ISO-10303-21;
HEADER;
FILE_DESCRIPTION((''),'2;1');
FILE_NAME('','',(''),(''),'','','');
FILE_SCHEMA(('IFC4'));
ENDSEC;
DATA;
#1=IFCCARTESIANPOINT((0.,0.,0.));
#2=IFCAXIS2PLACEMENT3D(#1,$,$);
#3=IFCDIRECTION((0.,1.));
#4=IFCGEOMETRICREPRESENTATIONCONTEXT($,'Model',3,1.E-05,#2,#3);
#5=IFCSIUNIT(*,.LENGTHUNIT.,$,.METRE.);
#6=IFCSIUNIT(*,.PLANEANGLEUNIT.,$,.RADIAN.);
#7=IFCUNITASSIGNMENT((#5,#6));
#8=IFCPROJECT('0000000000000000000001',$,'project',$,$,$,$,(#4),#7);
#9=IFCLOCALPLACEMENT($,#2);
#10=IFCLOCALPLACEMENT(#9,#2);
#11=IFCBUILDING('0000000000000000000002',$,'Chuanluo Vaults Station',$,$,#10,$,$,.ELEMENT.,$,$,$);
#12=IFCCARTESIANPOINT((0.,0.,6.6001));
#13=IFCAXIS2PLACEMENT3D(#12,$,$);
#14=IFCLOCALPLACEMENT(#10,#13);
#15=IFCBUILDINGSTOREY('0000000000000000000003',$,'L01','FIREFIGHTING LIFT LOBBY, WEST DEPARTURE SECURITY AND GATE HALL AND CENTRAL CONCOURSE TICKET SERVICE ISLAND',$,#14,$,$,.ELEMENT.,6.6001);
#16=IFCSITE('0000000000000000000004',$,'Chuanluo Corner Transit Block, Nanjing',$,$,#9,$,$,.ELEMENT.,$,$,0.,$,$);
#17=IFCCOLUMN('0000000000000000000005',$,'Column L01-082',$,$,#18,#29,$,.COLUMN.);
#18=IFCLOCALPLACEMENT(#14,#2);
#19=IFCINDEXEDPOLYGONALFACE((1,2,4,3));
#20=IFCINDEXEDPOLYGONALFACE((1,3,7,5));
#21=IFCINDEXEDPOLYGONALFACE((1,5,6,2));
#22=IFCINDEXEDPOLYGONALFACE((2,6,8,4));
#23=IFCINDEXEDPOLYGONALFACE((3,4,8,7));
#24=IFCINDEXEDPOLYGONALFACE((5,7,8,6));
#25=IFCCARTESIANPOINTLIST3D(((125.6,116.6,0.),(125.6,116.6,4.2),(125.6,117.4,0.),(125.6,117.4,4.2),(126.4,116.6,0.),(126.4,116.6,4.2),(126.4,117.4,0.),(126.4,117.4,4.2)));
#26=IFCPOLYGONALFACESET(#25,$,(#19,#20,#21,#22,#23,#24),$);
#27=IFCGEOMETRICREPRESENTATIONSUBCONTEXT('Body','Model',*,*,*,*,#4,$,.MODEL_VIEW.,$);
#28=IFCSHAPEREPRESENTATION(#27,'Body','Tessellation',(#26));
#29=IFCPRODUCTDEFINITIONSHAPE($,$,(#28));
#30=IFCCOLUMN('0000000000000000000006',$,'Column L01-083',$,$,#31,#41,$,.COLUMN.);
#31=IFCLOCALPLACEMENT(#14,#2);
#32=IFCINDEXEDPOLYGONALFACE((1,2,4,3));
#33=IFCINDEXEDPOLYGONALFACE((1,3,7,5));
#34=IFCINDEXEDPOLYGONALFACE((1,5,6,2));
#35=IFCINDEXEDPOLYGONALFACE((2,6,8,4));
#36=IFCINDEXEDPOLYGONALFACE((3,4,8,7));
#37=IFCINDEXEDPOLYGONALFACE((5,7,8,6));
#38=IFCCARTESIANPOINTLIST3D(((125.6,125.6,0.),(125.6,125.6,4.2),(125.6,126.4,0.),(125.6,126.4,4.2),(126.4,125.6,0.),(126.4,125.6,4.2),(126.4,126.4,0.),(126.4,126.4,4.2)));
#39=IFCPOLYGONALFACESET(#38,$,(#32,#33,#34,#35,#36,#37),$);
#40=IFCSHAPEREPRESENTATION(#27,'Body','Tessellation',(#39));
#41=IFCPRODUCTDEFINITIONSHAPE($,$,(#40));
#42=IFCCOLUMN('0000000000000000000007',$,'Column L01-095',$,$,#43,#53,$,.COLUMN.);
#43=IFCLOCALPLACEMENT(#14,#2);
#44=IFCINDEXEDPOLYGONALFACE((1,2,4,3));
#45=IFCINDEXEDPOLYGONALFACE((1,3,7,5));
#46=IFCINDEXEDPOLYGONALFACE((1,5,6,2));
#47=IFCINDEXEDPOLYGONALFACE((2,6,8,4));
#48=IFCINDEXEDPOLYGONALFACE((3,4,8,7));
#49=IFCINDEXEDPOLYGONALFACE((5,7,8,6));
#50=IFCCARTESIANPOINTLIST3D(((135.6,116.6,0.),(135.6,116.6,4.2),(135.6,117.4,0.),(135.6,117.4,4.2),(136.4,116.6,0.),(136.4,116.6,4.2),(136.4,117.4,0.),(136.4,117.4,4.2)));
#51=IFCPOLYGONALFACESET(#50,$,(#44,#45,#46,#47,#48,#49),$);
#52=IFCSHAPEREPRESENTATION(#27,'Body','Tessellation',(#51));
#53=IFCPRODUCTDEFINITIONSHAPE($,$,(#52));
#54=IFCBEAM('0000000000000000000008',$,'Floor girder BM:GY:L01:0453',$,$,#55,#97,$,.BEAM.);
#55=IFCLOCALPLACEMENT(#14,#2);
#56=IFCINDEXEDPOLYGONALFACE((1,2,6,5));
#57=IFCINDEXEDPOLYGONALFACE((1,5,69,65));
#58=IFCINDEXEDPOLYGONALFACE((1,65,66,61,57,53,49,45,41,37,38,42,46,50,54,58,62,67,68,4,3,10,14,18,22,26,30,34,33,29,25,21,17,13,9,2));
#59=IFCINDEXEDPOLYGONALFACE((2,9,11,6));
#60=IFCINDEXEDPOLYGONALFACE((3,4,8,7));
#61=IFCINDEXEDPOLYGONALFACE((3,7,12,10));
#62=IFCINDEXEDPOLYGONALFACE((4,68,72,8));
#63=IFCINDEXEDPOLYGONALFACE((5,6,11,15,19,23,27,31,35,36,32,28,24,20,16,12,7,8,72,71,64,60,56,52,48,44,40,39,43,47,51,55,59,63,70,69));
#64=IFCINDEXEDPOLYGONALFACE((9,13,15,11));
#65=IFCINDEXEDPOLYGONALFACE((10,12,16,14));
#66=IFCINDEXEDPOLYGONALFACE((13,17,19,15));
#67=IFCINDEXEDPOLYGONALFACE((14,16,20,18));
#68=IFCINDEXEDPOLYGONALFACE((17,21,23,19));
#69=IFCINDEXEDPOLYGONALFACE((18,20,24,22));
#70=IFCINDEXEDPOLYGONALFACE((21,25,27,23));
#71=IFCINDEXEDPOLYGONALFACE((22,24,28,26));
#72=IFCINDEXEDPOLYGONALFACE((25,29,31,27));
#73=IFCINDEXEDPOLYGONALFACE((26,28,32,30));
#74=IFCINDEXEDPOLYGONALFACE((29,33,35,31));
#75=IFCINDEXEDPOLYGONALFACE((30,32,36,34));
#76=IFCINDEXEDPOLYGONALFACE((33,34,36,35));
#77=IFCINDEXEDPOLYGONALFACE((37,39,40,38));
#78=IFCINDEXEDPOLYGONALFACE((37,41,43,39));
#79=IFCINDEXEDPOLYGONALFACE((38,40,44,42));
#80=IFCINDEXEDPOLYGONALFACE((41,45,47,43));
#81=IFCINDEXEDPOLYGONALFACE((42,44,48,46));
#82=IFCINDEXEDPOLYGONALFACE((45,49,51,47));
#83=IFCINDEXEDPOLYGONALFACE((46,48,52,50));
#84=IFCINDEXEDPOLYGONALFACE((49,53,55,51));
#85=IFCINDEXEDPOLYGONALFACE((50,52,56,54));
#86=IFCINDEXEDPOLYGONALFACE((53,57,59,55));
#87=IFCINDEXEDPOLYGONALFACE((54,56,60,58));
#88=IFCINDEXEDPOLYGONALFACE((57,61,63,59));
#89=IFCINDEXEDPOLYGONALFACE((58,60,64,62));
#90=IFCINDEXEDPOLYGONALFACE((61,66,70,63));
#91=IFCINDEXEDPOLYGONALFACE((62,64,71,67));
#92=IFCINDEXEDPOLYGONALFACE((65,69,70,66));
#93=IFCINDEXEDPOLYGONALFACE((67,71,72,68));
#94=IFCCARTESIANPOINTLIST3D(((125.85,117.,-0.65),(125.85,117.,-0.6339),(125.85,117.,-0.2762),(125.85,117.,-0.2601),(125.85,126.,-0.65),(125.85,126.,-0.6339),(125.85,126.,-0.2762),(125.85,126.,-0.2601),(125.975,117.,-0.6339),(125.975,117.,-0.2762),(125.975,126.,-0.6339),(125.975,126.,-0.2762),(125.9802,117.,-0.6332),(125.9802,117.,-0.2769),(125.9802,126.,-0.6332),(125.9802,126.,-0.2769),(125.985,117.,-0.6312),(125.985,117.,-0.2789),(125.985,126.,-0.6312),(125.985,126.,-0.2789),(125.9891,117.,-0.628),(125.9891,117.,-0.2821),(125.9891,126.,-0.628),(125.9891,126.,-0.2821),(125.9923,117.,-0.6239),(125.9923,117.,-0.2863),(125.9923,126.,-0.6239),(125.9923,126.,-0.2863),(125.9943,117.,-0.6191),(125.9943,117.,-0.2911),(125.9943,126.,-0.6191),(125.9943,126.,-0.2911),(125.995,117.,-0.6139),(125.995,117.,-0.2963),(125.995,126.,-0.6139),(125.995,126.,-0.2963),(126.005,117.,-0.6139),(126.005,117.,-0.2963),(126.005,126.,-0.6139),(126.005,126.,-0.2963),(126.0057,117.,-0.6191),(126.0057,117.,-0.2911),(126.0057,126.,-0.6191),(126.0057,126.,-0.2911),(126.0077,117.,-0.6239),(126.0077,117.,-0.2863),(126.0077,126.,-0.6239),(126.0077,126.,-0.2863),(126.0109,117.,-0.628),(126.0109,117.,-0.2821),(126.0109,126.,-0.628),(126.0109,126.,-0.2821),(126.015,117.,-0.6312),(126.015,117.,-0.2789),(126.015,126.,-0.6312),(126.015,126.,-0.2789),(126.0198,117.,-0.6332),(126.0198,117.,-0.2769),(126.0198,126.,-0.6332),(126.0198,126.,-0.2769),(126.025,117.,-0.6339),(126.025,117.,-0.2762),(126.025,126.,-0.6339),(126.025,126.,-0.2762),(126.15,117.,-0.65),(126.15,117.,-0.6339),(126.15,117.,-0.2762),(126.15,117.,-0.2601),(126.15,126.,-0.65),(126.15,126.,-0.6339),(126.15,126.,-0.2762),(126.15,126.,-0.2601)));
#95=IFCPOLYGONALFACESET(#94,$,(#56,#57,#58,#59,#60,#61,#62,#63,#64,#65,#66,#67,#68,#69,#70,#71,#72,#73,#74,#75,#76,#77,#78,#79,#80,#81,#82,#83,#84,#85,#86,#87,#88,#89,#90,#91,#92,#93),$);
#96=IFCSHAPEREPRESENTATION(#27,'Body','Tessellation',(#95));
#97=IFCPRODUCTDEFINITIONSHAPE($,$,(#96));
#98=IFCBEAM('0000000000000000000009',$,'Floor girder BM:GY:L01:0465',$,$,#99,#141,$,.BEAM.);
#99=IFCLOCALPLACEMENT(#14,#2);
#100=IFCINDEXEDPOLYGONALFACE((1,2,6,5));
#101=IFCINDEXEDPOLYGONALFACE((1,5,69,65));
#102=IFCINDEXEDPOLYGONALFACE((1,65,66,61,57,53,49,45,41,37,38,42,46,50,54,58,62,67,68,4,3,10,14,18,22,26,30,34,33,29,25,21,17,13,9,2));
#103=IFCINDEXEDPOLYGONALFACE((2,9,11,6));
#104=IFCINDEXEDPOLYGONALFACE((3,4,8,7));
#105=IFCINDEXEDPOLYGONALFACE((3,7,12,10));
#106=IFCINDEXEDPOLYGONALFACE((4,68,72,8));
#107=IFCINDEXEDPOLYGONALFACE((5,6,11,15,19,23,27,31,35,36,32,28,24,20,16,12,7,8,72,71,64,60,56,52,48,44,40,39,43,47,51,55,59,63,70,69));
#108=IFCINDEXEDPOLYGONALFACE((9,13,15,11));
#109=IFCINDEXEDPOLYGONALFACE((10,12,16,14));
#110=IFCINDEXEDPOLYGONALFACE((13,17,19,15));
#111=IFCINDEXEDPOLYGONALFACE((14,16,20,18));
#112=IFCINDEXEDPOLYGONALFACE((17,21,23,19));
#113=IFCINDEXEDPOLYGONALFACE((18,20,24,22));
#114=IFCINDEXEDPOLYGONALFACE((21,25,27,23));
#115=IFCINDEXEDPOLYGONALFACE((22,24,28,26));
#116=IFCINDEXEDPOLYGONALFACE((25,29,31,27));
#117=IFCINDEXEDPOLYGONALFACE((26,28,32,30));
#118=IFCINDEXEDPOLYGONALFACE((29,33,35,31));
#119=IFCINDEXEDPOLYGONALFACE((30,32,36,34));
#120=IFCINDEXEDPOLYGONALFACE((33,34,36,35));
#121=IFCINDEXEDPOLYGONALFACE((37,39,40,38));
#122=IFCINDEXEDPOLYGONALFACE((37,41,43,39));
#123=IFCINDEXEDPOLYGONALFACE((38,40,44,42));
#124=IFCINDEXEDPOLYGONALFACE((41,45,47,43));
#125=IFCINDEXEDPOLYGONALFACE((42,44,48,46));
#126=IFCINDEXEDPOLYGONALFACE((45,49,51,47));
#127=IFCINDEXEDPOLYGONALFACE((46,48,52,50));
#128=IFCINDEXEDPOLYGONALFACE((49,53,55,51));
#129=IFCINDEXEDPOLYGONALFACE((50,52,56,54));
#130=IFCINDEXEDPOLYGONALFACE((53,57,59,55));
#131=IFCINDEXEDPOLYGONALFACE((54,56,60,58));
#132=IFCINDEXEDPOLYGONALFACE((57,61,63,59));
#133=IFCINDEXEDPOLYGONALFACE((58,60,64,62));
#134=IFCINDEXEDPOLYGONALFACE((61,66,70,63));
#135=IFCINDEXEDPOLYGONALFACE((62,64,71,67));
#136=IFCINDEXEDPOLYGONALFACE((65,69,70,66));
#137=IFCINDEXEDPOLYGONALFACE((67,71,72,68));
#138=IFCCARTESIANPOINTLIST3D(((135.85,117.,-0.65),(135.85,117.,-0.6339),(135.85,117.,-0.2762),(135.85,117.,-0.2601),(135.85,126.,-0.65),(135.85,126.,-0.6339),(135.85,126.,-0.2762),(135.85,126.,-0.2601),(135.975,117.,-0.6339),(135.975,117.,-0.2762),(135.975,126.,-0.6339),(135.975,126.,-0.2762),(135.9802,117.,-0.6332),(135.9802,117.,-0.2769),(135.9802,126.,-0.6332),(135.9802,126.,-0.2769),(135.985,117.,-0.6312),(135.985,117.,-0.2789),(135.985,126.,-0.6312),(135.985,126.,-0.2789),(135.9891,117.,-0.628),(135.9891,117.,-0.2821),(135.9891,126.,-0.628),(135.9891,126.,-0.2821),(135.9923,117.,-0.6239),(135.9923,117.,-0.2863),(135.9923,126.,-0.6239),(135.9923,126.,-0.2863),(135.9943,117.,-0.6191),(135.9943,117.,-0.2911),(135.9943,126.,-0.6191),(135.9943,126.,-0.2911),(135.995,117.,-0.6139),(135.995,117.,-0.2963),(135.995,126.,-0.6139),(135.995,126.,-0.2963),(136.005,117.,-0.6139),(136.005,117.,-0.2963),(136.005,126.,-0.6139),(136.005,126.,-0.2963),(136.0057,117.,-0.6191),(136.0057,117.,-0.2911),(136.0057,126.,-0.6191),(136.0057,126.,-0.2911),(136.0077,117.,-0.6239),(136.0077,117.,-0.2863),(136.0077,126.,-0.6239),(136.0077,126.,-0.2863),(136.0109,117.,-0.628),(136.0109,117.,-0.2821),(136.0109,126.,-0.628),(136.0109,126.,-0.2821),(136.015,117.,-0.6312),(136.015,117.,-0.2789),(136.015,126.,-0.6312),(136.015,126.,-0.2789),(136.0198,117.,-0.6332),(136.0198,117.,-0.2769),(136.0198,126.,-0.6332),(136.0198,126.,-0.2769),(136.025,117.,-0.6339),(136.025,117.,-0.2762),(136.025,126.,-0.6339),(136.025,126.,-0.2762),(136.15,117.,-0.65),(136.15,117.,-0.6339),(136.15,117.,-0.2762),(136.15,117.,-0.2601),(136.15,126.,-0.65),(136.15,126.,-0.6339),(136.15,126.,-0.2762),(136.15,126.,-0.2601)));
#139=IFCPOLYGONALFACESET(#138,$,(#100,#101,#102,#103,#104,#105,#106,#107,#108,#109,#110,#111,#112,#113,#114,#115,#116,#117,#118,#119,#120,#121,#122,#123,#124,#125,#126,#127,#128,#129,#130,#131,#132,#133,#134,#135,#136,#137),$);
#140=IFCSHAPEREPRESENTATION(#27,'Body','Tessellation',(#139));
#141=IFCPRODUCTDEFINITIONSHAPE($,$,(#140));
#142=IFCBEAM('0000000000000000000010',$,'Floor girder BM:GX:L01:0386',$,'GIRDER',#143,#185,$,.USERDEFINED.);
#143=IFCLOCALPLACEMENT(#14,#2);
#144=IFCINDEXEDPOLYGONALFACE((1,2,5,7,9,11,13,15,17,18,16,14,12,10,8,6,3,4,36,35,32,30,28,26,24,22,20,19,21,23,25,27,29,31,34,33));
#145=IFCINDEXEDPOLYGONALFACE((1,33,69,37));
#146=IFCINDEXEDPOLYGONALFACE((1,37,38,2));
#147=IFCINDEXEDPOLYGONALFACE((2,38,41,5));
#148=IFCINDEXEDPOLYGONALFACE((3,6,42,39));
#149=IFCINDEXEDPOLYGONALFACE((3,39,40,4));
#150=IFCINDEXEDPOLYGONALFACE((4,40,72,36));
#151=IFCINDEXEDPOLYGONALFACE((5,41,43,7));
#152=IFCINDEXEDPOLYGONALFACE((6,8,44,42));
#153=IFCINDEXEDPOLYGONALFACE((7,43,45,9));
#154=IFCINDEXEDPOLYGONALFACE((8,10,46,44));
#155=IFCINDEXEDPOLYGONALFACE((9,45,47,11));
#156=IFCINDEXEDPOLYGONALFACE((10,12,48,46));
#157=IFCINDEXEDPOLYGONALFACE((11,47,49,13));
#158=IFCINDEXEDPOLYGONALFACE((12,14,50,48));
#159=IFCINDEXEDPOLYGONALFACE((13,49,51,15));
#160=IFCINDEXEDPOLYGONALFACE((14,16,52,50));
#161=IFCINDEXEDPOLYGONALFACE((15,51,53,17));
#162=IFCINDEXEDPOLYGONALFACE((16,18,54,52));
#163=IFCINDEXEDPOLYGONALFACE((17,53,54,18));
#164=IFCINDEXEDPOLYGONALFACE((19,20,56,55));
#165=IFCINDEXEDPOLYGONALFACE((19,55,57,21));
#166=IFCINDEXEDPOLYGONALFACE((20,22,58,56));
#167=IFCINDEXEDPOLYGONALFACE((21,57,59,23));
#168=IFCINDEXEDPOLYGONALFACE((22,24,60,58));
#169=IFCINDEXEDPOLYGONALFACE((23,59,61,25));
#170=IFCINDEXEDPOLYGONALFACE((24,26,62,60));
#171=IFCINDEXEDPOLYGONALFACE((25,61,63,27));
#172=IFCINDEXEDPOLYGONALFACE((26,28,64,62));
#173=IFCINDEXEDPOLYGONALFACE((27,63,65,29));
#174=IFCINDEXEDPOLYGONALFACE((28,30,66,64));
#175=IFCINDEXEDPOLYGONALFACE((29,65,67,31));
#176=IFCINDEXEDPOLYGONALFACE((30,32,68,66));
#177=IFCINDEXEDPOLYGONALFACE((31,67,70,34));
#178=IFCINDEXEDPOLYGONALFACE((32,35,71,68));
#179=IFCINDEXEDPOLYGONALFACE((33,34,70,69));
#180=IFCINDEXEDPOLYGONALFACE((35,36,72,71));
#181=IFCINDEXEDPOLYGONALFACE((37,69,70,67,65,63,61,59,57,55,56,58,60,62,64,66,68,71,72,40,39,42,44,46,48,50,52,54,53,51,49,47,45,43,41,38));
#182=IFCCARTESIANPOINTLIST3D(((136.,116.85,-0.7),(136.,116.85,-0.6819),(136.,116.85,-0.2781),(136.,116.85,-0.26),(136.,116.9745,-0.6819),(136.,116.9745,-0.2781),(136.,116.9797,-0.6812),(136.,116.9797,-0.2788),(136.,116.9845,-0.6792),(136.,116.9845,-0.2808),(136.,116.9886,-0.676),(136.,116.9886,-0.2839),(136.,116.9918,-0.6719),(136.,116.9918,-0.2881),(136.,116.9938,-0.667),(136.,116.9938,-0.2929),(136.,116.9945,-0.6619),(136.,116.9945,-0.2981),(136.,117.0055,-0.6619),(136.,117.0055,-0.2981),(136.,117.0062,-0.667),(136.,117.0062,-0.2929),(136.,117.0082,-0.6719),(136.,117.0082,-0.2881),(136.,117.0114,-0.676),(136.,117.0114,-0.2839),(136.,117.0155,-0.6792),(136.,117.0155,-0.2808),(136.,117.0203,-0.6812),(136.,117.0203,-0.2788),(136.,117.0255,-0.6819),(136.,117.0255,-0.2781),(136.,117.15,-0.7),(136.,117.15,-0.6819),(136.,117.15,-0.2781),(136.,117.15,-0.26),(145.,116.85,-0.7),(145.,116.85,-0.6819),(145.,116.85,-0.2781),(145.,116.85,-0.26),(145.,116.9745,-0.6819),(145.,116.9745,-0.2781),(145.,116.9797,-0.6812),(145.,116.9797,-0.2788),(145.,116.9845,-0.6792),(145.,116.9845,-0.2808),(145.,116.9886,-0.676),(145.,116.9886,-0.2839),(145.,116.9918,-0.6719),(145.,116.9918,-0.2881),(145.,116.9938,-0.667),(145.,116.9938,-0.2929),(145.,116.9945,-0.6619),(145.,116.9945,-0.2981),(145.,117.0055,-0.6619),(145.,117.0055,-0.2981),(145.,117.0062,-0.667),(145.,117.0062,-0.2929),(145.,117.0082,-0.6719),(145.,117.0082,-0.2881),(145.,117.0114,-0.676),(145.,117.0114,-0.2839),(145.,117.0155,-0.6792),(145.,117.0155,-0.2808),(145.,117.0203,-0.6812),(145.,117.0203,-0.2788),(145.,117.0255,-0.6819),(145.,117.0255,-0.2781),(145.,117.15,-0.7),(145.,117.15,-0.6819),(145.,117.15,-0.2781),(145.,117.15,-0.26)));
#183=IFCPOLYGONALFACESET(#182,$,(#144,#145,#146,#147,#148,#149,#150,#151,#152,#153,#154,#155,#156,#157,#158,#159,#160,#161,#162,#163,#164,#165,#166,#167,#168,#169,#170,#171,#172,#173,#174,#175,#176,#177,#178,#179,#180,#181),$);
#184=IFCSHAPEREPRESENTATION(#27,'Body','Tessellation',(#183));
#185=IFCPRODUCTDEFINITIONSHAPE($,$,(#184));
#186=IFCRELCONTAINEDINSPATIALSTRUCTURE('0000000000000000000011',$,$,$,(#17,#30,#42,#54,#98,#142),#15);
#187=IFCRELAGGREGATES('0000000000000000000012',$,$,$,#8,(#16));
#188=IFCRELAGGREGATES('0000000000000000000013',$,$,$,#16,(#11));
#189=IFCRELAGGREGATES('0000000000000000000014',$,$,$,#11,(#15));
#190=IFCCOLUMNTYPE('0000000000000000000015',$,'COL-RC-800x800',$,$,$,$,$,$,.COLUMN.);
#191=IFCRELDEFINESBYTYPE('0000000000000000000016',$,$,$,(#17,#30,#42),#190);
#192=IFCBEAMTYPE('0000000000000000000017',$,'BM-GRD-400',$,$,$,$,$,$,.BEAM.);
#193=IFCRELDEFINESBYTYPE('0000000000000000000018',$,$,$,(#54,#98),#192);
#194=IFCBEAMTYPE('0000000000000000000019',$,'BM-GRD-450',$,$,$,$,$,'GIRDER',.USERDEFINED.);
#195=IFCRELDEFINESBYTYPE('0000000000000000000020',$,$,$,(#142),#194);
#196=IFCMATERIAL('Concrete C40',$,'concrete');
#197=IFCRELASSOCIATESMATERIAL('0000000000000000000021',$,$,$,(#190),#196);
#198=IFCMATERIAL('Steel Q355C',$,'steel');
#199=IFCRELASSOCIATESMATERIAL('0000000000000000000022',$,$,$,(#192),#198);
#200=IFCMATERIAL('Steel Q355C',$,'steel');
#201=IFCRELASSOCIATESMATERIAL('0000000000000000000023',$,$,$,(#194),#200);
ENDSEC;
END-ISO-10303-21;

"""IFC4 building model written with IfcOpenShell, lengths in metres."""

from ifc_helpers import new_model, si_unit, direction, frame, origin, origin_2d, place, context, subcontext, project, spatial, rectangle, i_section, extrude, material, material_profile, profile_set, type_object, element, save


model = new_model("IFC4")

# Units and contexts
model_context = context("Model", 3, precision=1e-05, world=origin(), true_north=direction((0.0, 1.0)))
body_context = subcontext(model_context, "Body", "Model", "MODEL_VIEW")
ifc_project = project(units=[si_unit("LENGTHUNIT", "METRE"), si_unit("PLANEANGLEUNIT", "RADIAN")], contexts=[model_context])

# Site, building, storey
site_placement = place(None, origin())
site = spatial("IfcSite", under=ifc_project, at=site_placement, Name="Chuanluo Corner Transit Block, Nanjing", CompositionType="ELEMENT", RefElevation=0.0)
building_placement = place(site_placement, origin())
building = spatial("IfcBuilding", under=site, at=building_placement, Name="Chuanluo Vaults Station", CompositionType="ELEMENT")
storey_placement = place(building_placement, frame((0.0, 0.0, 6.6001)))
storey = spatial("IfcBuildingStorey", under=building, at=storey_placement, Name="L01", Description="FIREFIGHTING LIFT LOBBY, WEST DEPARTURE SECURITY AND GATE HALL AND CENTRAL CONCOURSE TICKET SERVICE ISLAND", CompositionType="ELEMENT", Elevation=6.6001)

# Columns
ifc_material_1 = material(Name="Concrete C40", Category="concrete")
ifc_material_profile_1 = material_profile(ifc_material_1, rectangle(XDim=0.8, YDim=0.8, at=origin_2d()))
ifc_profile_set_1 = profile_set([ifc_material_profile_1], Name="Concrete C40")
column_type = type_object("IfcColumnType", Name="COL-RC-800x800", PredefinedType="COLUMN", material=ifc_profile_set_1)
for number, where, z_axis, x_axis, name in (
    (1, (126.0, 117.0, 0.0), (0.0, 0.0, 1.0), (1.0, 0.0, 0.0), "Column L01-082"),
    (2, (126.0, 126.0, 0.0), (0.0, 0.0, 1.0), (1.0, 0.0, 0.0), "Column L01-083"),
    (3, (136.0, 117.0, 0.0), (0.0, 0.0, 1.0), (1.0, 0.0, 0.0), "Column L01-095"),
):
    element("IfcColumn", number, at=place(storey_placement, frame(where, z_axis=z_axis, x_axis=x_axis)), inside=storey, type_object=column_type, Name=name, PredefinedType="COLUMN", context=body_context, shape_type="SweptSolid", body=[
        extrude(rectangle(XDim=0.8, YDim=0.8, at=origin_2d()), origin(), (0.0, 0.0, 1.0), 4.2),
    ])

# Beams
ifc_material_2 = material(Name="Steel Q355C", Category="steel")
ifc_material_profile_2 = material_profile(ifc_material_2, i_section(OverallWidth=0.3, OverallDepth=0.3899, WebThickness=0.01, FlangeThickness=0.0161, FilletRadius=0.02, at=origin_2d()))
ifc_profile_set_2 = profile_set([ifc_material_profile_2], Name="Steel Q355C")
beam_type_1 = type_object("IfcBeamType", Name="BM-GRD-400", PredefinedType="BEAM", material=ifc_profile_set_2)
for number, where, z_axis, x_axis, name in (
    (4, (126.0, 117.0, -0.4551), (0.0, 1.0, 0.0), (-1.0, 0.0, 0.0), "Floor girder BM:GY:L01:0453"),
    (5, (136.0, 117.0, -0.4551), (0.0, 1.0, 0.0), (-1.0, 0.0, 0.0), "Floor girder BM:GY:L01:0465"),
):
    element("IfcBeam", number, at=place(storey_placement, frame(where, z_axis=z_axis, x_axis=x_axis)), inside=storey, type_object=beam_type_1, Name=name, PredefinedType="BEAM", context=body_context, shape_type="SweptSolid", body=[
        extrude(i_section(OverallWidth=0.3, OverallDepth=0.3899, WebThickness=0.01, FlangeThickness=0.0161, FilletRadius=0.02, at=origin_2d()), origin(), (0.0, 0.0, 1.0), 9.0),
    ])
ifc_material_3 = material(Name="Steel Q355C", Category="steel")
ifc_material_profile_3 = material_profile(ifc_material_3, i_section(OverallWidth=0.3, OverallDepth=0.4399, WebThickness=0.011, FlangeThickness=0.0181, FilletRadius=0.02, at=origin_2d()))
ifc_profile_set_3 = profile_set([ifc_material_profile_3], Name="Steel Q355C")
beam_type_2 = type_object("IfcBeamType", Name="BM-GRD-450", ElementType="GIRDER", PredefinedType="USERDEFINED", material=ifc_profile_set_3)
beam_1_placement = place(storey_placement, frame((136.0, 117.0, -0.48), z_axis=(1.0, 0.0, 0.0), x_axis=(0.0, 1.0, 0.0)))
element("IfcBeam", 6, at=beam_1_placement, inside=storey, type_object=beam_type_2, Name="Floor girder BM:GX:L01:0386", ObjectType="GIRDER", PredefinedType="USERDEFINED", context=body_context, shape_type="SweptSolid", body=[
    extrude(i_section(OverallWidth=0.3, OverallDepth=0.4399, WebThickness=0.011, FlangeThickness=0.0181, FilletRadius=0.02, at=origin_2d()), origin(), (0.0, 0.0, 1.0), 9.0),
])

save(model, "model.ifc")
